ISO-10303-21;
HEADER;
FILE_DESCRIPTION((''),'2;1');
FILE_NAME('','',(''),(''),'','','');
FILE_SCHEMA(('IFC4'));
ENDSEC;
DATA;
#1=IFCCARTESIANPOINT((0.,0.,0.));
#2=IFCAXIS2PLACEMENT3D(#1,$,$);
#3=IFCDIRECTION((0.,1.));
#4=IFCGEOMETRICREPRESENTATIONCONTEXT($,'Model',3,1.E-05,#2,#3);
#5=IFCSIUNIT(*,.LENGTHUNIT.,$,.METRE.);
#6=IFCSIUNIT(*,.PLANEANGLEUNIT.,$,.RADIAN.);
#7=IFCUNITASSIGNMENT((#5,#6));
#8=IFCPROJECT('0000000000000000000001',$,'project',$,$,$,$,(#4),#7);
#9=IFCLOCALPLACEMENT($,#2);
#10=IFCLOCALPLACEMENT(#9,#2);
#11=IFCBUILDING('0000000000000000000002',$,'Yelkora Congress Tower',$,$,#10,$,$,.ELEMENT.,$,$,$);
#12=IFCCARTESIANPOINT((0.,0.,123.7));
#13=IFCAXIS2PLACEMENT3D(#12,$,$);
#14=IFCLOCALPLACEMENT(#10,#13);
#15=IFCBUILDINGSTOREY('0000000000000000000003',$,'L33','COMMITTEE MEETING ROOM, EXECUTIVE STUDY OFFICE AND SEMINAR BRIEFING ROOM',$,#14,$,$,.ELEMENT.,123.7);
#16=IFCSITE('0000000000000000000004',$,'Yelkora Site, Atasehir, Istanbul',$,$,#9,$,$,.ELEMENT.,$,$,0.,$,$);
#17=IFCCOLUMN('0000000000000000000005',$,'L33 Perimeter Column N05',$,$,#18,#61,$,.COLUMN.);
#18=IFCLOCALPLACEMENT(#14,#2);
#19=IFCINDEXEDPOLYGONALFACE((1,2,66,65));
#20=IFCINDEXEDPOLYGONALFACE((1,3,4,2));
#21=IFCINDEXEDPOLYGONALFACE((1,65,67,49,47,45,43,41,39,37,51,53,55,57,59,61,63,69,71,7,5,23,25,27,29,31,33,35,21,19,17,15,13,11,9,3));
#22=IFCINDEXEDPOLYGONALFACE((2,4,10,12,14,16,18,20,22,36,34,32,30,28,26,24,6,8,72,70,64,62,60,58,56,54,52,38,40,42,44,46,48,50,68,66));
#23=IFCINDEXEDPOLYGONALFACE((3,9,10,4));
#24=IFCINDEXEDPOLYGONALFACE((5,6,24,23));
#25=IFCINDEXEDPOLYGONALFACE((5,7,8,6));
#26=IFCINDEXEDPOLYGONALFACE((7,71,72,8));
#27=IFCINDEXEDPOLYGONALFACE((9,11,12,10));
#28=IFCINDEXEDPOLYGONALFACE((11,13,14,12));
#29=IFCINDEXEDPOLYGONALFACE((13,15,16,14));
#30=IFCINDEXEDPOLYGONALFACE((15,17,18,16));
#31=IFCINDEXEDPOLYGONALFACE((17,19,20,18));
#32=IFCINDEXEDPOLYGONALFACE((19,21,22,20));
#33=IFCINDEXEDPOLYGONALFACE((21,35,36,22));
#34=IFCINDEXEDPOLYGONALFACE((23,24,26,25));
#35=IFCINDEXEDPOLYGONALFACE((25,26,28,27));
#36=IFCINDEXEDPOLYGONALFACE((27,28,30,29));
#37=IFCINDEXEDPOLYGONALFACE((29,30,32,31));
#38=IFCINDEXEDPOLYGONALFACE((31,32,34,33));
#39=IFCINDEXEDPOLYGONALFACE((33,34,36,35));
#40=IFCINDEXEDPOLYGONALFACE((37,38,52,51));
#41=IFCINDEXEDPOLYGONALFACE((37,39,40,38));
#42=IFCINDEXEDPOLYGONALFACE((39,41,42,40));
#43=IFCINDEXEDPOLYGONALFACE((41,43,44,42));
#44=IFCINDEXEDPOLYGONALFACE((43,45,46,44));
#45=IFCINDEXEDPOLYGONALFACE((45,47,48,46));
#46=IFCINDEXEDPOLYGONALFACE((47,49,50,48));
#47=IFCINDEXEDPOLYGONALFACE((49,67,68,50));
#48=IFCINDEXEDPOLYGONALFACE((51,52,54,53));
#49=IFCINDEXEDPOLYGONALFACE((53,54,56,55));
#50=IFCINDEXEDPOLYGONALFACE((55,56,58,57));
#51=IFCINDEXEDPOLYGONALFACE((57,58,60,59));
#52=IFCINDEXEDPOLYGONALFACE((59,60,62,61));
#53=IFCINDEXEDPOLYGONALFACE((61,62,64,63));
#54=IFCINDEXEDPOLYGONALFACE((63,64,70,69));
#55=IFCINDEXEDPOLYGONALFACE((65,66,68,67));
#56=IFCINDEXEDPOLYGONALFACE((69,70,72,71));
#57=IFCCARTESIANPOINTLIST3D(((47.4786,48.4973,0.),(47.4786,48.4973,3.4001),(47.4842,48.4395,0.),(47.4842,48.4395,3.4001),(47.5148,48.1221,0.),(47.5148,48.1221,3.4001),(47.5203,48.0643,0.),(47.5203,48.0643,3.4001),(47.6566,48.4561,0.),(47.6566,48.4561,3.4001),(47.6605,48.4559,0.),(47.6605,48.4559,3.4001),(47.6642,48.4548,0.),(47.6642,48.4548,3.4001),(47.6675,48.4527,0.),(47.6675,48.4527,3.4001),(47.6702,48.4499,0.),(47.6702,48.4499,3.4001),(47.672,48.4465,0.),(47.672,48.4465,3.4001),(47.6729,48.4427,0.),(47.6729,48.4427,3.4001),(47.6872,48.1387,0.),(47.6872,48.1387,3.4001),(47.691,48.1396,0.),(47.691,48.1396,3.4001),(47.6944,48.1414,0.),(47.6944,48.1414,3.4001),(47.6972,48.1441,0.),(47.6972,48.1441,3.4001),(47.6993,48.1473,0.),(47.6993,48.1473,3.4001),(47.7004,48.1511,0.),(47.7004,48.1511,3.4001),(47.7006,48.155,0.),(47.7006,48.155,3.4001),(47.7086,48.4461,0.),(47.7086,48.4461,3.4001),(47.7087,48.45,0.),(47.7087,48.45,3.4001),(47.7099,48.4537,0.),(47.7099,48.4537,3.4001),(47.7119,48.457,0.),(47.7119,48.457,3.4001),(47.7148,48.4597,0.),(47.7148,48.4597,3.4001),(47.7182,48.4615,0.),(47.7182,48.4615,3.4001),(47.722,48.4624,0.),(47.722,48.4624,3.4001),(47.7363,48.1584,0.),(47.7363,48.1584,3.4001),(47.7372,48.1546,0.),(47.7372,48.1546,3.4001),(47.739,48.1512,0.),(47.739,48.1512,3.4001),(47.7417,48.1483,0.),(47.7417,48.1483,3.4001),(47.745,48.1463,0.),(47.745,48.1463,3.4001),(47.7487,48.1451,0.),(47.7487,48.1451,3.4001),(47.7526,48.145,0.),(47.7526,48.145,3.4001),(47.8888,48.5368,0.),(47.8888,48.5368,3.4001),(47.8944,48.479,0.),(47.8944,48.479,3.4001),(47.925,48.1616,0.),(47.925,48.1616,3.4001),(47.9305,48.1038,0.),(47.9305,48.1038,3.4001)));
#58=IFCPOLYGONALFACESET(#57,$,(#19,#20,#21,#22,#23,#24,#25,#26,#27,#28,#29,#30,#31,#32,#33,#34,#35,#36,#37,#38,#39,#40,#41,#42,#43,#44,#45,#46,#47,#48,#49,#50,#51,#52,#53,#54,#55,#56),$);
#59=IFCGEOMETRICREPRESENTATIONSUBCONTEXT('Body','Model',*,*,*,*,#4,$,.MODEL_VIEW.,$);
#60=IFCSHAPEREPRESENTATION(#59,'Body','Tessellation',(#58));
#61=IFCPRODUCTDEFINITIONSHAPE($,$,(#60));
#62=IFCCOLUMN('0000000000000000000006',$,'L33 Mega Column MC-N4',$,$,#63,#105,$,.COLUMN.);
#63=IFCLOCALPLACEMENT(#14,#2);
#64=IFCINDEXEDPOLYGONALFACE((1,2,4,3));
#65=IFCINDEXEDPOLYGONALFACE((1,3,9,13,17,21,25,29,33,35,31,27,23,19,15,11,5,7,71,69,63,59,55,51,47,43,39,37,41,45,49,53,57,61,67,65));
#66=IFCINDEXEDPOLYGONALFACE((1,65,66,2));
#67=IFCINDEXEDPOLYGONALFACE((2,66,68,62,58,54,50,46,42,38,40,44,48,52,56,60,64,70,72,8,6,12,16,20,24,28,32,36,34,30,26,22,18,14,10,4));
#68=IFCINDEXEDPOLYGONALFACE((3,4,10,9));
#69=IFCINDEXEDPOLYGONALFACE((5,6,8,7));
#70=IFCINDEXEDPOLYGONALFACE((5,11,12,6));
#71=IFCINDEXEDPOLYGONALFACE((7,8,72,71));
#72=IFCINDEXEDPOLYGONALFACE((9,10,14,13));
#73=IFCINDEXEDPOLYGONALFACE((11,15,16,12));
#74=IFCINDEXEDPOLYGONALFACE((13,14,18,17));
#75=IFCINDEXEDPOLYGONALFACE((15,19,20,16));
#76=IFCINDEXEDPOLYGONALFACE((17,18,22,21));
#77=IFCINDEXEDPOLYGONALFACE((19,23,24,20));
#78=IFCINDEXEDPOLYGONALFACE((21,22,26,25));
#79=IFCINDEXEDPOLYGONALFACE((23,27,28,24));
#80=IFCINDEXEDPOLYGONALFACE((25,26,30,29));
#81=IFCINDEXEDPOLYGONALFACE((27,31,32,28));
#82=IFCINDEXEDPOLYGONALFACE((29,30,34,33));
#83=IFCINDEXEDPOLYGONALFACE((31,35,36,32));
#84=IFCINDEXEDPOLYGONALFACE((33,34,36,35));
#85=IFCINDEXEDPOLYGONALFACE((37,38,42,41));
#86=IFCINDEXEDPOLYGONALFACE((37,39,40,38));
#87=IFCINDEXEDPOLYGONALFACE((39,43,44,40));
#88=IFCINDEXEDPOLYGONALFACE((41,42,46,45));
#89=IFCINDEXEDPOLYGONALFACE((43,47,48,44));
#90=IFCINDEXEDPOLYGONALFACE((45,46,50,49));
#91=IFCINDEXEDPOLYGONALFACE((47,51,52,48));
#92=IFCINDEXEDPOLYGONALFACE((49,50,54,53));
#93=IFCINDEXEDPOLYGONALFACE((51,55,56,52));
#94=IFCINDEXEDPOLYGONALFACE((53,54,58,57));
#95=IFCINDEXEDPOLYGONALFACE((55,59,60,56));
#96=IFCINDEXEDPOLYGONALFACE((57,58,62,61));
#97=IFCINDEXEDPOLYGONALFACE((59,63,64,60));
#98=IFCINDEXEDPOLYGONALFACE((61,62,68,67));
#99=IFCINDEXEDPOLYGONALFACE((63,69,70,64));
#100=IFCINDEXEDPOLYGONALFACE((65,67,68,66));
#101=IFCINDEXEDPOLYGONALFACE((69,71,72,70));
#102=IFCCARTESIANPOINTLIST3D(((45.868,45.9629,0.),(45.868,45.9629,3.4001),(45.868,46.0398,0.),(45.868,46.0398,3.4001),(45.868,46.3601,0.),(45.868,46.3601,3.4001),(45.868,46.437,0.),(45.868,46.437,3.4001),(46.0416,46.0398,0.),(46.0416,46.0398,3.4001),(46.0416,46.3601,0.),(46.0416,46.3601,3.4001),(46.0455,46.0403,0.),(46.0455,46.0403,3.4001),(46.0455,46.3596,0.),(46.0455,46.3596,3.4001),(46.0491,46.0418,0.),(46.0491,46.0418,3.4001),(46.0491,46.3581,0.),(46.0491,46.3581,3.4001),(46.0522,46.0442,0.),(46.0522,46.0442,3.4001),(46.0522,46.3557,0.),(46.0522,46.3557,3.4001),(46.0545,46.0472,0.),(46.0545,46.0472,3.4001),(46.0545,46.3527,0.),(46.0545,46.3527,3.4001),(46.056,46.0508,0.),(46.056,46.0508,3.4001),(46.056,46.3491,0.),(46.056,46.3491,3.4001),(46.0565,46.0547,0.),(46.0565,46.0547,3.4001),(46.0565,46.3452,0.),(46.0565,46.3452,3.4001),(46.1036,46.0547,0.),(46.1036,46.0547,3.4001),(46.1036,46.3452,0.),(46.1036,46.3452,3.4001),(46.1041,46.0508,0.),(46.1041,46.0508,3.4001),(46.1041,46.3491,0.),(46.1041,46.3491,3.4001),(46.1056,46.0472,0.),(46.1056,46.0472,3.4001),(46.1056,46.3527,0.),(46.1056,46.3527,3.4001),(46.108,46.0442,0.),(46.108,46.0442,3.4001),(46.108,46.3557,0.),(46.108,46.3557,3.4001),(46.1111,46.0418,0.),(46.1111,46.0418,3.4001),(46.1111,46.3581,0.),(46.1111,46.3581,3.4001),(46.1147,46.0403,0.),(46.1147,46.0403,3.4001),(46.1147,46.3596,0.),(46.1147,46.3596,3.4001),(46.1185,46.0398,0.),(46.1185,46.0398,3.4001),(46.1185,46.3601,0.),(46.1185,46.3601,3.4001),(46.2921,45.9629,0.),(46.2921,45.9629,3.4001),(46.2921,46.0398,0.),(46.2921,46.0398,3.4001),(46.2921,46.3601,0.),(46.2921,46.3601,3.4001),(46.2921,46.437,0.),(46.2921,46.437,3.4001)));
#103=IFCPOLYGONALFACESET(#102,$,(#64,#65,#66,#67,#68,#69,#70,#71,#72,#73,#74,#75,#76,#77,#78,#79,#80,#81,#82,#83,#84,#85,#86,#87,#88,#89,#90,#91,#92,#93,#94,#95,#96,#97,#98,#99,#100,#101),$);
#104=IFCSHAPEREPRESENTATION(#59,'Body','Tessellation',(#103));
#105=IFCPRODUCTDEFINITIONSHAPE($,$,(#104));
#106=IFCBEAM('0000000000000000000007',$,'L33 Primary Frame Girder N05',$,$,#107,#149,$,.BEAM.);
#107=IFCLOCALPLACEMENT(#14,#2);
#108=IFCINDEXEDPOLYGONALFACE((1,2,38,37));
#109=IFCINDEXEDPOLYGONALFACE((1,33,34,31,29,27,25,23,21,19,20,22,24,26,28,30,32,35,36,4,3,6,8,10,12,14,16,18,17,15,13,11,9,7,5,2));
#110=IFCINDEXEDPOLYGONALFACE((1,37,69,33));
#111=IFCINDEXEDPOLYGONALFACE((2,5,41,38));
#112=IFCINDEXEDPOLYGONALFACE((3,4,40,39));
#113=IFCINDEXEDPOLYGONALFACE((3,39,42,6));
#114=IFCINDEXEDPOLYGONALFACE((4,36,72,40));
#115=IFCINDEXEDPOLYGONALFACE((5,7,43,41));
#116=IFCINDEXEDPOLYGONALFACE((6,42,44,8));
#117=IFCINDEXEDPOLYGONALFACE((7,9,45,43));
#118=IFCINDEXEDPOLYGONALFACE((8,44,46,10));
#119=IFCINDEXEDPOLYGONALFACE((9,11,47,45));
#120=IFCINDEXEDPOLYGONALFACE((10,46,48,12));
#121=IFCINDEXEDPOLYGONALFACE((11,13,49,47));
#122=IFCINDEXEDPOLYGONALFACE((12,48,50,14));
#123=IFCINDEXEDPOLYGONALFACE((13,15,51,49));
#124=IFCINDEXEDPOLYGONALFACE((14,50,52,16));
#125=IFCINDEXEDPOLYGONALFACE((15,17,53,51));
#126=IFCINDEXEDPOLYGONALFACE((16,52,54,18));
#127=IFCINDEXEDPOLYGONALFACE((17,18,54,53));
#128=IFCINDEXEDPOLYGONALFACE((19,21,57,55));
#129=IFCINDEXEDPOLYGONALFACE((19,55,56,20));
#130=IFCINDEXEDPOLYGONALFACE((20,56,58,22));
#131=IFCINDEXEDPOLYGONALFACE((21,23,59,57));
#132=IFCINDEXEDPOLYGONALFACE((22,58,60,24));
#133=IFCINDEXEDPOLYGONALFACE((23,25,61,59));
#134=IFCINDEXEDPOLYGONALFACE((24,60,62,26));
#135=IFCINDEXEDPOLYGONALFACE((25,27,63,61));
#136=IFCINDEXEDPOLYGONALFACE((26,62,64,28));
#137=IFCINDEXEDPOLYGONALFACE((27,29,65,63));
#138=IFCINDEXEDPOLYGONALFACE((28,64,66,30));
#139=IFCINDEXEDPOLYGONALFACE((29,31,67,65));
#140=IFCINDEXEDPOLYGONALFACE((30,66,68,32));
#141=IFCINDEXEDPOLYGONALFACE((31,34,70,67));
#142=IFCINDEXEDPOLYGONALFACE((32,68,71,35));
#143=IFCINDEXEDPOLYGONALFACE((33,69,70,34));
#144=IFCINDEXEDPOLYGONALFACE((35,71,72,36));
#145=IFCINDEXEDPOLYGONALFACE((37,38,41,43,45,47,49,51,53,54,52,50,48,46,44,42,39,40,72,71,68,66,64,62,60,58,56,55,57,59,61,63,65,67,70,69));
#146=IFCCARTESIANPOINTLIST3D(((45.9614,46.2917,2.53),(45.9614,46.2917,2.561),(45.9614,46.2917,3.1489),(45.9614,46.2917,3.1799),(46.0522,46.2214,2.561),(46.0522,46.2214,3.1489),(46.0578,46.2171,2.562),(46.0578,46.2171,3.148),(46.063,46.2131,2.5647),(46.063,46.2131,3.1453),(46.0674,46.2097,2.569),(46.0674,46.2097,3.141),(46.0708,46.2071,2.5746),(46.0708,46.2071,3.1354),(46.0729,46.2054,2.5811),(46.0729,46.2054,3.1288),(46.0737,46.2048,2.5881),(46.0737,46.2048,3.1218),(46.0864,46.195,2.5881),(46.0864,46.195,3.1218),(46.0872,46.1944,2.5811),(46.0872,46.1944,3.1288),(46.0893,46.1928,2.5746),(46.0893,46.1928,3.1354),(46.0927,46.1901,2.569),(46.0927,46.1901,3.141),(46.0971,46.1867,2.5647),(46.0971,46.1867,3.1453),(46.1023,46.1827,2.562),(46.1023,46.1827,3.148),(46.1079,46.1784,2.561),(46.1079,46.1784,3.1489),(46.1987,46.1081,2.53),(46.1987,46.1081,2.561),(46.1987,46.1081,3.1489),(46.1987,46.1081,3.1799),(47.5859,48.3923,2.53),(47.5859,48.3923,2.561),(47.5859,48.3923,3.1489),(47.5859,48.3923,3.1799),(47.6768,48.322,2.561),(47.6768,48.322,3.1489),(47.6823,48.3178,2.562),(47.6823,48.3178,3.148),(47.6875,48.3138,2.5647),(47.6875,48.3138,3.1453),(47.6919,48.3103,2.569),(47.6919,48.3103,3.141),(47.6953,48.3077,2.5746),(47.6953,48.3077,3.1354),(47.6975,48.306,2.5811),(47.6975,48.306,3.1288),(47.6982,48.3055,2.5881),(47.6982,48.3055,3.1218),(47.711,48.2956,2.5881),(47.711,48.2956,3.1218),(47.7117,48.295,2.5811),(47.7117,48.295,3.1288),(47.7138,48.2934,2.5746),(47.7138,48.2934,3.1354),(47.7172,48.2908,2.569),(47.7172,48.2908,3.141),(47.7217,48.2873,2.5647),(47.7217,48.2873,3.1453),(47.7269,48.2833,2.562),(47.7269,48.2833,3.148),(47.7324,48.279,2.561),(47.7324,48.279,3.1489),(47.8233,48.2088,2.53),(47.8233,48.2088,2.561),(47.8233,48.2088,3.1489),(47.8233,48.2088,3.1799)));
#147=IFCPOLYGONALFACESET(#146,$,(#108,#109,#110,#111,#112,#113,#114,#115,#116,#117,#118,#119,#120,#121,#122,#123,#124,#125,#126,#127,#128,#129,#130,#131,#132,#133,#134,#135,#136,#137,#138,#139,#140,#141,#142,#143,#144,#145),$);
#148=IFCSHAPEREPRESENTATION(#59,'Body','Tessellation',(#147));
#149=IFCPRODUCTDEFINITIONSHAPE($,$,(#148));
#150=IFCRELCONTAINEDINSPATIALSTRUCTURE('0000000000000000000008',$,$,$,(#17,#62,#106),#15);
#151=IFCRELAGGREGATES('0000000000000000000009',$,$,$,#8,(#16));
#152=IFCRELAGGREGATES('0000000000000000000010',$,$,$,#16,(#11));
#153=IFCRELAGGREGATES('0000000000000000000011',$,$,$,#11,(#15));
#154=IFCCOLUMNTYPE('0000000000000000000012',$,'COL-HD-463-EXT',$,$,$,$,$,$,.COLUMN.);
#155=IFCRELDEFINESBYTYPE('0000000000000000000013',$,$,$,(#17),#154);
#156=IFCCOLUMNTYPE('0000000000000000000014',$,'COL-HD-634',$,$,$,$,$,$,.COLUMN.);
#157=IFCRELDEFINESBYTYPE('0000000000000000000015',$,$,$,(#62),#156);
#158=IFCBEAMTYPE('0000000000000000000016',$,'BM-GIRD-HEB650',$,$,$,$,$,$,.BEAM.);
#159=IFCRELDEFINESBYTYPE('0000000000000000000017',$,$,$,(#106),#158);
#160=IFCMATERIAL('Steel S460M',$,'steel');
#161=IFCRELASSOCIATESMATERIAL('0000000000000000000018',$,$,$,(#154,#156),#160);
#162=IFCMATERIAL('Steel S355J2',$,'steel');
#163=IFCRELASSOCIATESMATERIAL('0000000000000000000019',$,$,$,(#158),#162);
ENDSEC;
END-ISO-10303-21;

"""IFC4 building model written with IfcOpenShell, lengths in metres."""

from ifc_helpers import new_model, si_unit, direction, frame, origin, origin_2d, place, context, subcontext, project, spatial, i_section, extrude, material, material_profile, profile_set, type_object, element, save


model = new_model("IFC4")

# Units and contexts
model_context = context("Model", 3, precision=1e-05, world=origin(), true_north=direction((0.0, 1.0)))
body_context = subcontext(model_context, "Body", "Model", "MODEL_VIEW")
ifc_project = project(units=[si_unit("LENGTHUNIT", "METRE"), si_unit("PLANEANGLEUNIT", "RADIAN")], contexts=[model_context])

# Site, building, storey
site_placement = place(None, origin())
site = spatial("IfcSite", under=ifc_project, at=site_placement, Name="Yelkora Site, Atasehir, Istanbul", CompositionType="ELEMENT", RefElevation=0.0)
building_placement = place(site_placement, origin())
building = spatial("IfcBuilding", under=site, at=building_placement, Name="Yelkora Congress Tower", CompositionType="ELEMENT")
storey_placement = place(building_placement, frame((0.0, 0.0, 123.7)))
storey = spatial("IfcBuildingStorey", under=building, at=storey_placement, Name="L33", Description="COMMITTEE MEETING ROOM, EXECUTIVE STUDY OFFICE AND SEMINAR BRIEFING ROOM", CompositionType="ELEMENT", Elevation=123.7)

# Columns
ifc_material_1 = material(Name="Steel S460M", Category="steel")
ifc_material_profile_1 = material_profile(ifc_material_1, i_section(OverallWidth=0.4121, OverallDepth=0.4351, WebThickness=0.0359, FlangeThickness=0.0581, FilletRadius=0.0149, at=origin_2d()), Name="HD 400x463")
ifc_profile_set_1 = profile_set([ifc_material_profile_1], Name="Steel S460M")
column_type_1 = type_object("IfcColumnType", Name="COL-HD-463-EXT", PredefinedType="COLUMN", material=ifc_profile_set_1)
column_1_placement = place(storey_placement, frame((47.7046, 48.3005, 0.0), z_axis=(0.0, 0.0, 1.0), x_axis=(0.995396, 0.095846, 0.0)))
element("IfcColumn", 1, at=column_1_placement, inside=storey, type_object=column_type_1, Name="L33 Perimeter Column N05", PredefinedType="COLUMN", context=body_context, shape_type="SweptSolid", body=[
    extrude(i_section(OverallWidth=0.4121, OverallDepth=0.4351, WebThickness=0.0359, FlangeThickness=0.0581, FilletRadius=0.0149, at=origin_2d()), origin(), (0.0, 0.0, 1.0), 3.4001),
])
ifc_material_profile_2 = material_profile(ifc_material_1, i_section(OverallWidth=0.4241, OverallDepth=0.4741, WebThickness=0.0471, FlangeThickness=0.0769, FilletRadius=0.0149, at=origin_2d()), Name="HD 400x634")
ifc_profile_set_2 = profile_set([ifc_material_profile_2], Name="Steel S460M")
column_type_2 = type_object("IfcColumnType", Name="COL-HD-634", PredefinedType="COLUMN", material=ifc_profile_set_2)
column_2_placement = place(storey_placement, frame((46.0801, 46.2, 0.0), z_axis=(0.0, 0.0, 1.0), x_axis=(1.0, 0.0, 0.0)))
element("IfcColumn", 2, at=column_2_placement, inside=storey, type_object=column_type_2, Name="L33 Mega Column MC-N4", PredefinedType="COLUMN", context=body_context, shape_type="SweptSolid", body=[
    extrude(i_section(OverallWidth=0.4241, OverallDepth=0.4741, WebThickness=0.0471, FlangeThickness=0.0769, FilletRadius=0.0149, at=origin_2d()), origin(), (0.0, 0.0, 1.0), 3.4001),
])

# Beam
ifc_material_2 = material(Name="Steel S355J2", Category="steel")
ifc_material_profile_3 = material_profile(ifc_material_2, i_section(OverallWidth=0.3, OverallDepth=0.6499, WebThickness=0.0161, FlangeThickness=0.031, FilletRadius=0.0271, at=origin_2d()), Name="HEB 650")
ifc_profile_set_3 = profile_set([ifc_material_profile_3], Name="Steel S355J2")
beam_type_1 = type_object("IfcBeamType", Name="BM-GIRD-HEB650", PredefinedType="BEAM", material=ifc_profile_set_3)
beam_1_placement = place(storey_placement, frame((47.7046, 48.3005, 2.855), z_axis=(-0.611761, -0.791042, 0.0), x_axis=(0.791042, -0.611761, 0.0)))
element("IfcBeam", 3, at=beam_1_placement, inside=storey, type_object=beam_type_1, Name="L33 Primary Frame Girder N05", PredefinedType="BEAM", context=body_context, shape_type="SweptSolid", body=[
    extrude(i_section(OverallWidth=0.3, OverallDepth=0.6499, WebThickness=0.0161, FlangeThickness=0.031, FilletRadius=0.0271, at=origin_2d()), origin(), (0.0, 0.0, 1.0), 2.6555),
])

save(model, "model.ifc")
